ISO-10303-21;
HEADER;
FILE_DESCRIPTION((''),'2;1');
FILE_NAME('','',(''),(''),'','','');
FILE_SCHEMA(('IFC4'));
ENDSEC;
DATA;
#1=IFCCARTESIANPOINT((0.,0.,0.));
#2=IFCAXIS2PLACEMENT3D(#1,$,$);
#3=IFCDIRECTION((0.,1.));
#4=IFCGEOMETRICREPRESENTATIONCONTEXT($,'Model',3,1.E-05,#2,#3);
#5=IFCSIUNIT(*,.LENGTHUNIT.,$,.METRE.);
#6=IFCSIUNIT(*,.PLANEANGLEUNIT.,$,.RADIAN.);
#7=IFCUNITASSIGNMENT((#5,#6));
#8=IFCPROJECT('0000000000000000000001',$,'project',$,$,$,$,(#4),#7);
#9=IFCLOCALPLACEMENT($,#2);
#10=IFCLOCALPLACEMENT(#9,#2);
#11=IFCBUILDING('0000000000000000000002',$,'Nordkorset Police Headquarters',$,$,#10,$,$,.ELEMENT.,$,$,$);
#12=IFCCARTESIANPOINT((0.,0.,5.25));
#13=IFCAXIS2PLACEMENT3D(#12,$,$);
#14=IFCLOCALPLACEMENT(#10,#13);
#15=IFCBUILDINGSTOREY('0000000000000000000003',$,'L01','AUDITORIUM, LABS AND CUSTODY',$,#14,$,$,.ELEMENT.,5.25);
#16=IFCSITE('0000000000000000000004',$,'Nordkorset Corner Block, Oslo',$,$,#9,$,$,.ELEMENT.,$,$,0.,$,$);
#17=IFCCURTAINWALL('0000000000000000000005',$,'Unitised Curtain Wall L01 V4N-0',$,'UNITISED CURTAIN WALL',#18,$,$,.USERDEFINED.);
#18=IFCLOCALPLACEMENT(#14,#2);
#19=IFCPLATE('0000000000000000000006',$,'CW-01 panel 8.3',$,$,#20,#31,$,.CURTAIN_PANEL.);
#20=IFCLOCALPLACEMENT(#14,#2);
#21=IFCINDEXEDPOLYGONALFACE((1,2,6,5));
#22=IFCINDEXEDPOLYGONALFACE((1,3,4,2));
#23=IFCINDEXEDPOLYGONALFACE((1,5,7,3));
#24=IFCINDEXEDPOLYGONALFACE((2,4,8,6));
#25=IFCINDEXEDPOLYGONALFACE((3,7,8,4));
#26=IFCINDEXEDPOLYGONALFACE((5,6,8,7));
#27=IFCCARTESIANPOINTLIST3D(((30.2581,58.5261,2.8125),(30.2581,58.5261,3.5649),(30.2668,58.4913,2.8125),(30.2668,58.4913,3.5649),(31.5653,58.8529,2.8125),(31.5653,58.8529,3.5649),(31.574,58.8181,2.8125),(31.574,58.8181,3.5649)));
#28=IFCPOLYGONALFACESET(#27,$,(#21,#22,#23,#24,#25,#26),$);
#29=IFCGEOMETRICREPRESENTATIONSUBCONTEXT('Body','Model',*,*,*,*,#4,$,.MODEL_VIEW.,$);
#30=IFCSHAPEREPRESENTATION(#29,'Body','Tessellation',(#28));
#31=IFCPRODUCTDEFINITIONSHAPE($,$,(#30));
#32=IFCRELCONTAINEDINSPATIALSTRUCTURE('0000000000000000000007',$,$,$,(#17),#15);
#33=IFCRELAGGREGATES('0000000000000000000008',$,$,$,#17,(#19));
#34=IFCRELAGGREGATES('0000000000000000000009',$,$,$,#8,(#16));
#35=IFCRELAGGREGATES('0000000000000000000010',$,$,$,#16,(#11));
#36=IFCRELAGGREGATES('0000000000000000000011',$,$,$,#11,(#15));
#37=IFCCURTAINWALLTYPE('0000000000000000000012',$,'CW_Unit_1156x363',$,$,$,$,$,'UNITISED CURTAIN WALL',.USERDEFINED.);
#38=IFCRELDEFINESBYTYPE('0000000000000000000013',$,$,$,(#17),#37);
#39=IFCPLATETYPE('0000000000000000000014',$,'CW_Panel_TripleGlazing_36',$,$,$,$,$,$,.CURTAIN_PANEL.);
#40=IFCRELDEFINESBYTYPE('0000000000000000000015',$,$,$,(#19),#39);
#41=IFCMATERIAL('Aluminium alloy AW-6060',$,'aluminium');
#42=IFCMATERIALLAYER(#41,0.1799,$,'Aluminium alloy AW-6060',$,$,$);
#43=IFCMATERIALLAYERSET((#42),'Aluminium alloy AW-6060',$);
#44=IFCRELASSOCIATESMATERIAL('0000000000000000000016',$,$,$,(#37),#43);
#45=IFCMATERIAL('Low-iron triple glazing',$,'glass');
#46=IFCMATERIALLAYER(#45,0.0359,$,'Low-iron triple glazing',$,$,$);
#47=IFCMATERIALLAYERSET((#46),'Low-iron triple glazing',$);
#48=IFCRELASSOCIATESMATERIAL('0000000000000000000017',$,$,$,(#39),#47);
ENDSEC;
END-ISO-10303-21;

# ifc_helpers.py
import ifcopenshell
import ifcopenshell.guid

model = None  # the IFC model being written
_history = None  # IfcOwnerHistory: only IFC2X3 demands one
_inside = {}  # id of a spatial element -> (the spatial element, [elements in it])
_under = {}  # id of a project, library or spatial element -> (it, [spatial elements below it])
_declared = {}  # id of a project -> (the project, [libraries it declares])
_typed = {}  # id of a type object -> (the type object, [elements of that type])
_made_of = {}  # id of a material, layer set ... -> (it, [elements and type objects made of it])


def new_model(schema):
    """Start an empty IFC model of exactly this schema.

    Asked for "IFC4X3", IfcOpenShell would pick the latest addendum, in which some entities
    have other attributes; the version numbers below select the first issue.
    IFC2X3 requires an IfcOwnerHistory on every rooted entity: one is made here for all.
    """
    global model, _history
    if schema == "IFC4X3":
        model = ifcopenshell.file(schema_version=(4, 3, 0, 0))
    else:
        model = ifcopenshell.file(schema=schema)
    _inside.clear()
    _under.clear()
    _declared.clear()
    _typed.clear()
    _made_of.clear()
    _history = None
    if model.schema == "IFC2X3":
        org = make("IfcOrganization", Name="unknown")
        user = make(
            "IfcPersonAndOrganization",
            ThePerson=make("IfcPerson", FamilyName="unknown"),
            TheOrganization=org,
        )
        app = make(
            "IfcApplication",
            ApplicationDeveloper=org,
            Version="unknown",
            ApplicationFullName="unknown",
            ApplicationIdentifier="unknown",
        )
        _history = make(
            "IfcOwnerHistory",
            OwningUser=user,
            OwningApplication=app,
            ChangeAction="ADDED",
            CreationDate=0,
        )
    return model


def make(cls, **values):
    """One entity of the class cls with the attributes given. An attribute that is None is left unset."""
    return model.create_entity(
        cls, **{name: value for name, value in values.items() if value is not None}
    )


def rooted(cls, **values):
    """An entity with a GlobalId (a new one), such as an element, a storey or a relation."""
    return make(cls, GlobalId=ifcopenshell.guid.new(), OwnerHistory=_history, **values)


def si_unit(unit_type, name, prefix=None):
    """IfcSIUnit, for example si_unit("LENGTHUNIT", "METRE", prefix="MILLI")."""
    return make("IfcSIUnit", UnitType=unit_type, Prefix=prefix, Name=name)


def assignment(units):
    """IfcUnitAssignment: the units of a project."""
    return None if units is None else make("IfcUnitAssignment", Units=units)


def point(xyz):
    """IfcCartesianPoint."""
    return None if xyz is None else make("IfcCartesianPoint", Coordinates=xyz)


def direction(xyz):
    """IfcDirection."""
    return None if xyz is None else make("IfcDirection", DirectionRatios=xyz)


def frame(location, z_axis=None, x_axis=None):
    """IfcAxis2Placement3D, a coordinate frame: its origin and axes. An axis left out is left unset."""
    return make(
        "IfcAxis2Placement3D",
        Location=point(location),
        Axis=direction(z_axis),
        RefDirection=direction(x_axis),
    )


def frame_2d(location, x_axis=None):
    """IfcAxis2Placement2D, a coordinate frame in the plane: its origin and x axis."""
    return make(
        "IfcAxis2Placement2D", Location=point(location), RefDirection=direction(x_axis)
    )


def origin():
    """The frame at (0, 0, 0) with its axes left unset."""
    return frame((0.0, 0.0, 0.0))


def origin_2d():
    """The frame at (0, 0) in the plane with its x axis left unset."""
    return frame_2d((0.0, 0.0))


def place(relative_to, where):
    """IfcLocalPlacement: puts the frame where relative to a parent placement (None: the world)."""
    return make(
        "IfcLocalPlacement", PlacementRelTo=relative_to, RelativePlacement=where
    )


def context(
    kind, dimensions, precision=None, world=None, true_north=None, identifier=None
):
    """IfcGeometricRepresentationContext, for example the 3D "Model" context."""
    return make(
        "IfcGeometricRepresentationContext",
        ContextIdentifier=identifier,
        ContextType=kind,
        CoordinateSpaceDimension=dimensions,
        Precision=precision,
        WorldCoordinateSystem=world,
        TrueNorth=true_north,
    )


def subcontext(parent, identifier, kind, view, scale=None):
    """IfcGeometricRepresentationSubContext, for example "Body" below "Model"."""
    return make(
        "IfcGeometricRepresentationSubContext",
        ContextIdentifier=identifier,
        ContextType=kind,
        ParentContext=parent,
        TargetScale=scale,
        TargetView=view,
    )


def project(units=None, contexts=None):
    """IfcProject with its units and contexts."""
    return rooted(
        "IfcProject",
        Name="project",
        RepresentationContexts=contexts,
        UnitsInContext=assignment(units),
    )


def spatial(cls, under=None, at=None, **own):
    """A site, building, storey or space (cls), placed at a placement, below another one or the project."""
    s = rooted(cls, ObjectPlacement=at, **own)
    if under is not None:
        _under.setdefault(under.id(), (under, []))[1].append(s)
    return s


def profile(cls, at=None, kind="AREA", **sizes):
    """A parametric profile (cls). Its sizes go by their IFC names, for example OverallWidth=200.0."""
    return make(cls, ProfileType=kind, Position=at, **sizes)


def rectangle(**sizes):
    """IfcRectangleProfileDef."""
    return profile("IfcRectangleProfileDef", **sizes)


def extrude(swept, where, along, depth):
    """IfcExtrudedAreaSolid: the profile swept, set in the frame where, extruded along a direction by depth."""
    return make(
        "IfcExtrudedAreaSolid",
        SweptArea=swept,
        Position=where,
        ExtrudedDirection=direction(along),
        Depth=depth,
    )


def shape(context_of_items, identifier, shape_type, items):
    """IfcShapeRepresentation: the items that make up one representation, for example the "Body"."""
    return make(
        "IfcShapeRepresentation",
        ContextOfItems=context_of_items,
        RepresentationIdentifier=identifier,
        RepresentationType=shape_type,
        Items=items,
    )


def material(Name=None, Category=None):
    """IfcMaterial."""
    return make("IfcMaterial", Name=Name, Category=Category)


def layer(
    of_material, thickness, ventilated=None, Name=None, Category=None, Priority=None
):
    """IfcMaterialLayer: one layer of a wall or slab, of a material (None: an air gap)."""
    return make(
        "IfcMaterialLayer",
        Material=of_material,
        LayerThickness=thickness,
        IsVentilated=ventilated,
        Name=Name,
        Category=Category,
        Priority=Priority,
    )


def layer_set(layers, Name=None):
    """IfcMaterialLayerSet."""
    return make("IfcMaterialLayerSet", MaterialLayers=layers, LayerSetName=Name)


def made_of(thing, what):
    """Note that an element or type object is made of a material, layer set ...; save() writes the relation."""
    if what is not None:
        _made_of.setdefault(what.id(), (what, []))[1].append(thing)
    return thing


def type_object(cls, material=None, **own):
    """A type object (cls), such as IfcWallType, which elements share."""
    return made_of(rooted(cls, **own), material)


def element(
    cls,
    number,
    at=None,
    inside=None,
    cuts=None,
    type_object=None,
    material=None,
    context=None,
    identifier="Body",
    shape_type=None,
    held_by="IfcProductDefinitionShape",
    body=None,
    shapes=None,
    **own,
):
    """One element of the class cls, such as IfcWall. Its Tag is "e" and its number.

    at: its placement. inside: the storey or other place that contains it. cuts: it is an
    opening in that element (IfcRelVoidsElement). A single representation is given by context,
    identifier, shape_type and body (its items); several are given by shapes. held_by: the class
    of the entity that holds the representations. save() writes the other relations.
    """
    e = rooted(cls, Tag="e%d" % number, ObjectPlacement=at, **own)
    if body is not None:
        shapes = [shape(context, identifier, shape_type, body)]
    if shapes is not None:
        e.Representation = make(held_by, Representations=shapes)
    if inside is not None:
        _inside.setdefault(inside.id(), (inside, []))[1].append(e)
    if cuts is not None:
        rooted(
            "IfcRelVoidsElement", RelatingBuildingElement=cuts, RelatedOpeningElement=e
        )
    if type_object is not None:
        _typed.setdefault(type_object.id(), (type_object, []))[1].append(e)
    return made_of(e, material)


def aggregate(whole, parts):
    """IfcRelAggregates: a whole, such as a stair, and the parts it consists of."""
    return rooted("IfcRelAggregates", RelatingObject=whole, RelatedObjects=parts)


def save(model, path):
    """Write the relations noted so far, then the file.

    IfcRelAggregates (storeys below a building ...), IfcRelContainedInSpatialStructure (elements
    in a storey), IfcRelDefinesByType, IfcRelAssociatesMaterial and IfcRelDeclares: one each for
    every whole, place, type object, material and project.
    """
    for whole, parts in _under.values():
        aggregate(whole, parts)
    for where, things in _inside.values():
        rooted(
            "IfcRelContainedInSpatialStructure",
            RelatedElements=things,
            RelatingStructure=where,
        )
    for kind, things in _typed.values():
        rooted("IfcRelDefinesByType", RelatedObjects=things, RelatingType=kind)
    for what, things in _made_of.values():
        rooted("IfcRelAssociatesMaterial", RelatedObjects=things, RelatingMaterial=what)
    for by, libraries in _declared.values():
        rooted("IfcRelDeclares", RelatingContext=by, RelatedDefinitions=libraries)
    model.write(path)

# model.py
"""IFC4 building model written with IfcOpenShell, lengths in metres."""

from ifc_helpers import new_model, si_unit, direction, frame, origin, origin_2d, place, context, subcontext, project, spatial, rectangle, extrude, material, layer, layer_set, type_object, element, aggregate, save


model = new_model("IFC4")

# Units and contexts
model_context = context("Model", 3, precision=1e-05, world=origin(), true_north=direction((0.0, 1.0)))
body_context = subcontext(model_context, "Body", "Model", "MODEL_VIEW")
ifc_project = project(units=[si_unit("LENGTHUNIT", "METRE"), si_unit("PLANEANGLEUNIT", "RADIAN")], contexts=[model_context])

# Site, building, storey
site_placement = place(None, origin())
site = spatial("IfcSite", under=ifc_project, at=site_placement, Name="Nordkorset Corner Block, Oslo", CompositionType="ELEMENT", RefElevation=0.0)
building_placement = place(site_placement, origin())
building = spatial("IfcBuilding", under=site, at=building_placement, Name="Nordkorset Police Headquarters", CompositionType="ELEMENT")
storey_placement = place(building_placement, frame((0.0, 0.0, 5.25)))
storey = spatial("IfcBuildingStorey", under=building, at=storey_placement, Name="L01", Description="AUDITORIUM, LABS AND CUSTODY", CompositionType="ELEMENT", Elevation=5.25)

# Curtain wall
ifc_material_1 = material(Name="Aluminium alloy AW-6060", Category="aluminium")
ifc_layer_1 = layer(ifc_material_1, 0.1799, Name="Aluminium alloy AW-6060")
ifc_layer_set_1 = layer_set([ifc_layer_1], Name="Aluminium alloy AW-6060")
curtain_wall_type_1 = type_object("IfcCurtainWallType", Name="CW_Unit_1156x363", ElementType="UNITISED CURTAIN WALL", PredefinedType="USERDEFINED", material=ifc_layer_set_1)
curtain_wall_1_placement = place(storey_placement, origin())
curtain_wall_1 = element("IfcCurtainWall", 1, at=curtain_wall_1_placement, inside=storey, type_object=curtain_wall_type_1, Name="Unitised Curtain Wall L01 V4N-0", ObjectType="UNITISED CURTAIN WALL", PredefinedType="USERDEFINED")

# Plate
ifc_material_2 = material(Name="Low-iron triple glazing", Category="glass")
ifc_layer_2 = layer(ifc_material_2, 0.0359, Name="Low-iron triple glazing")
ifc_layer_set_2 = layer_set([ifc_layer_2], Name="Low-iron triple glazing")
plate_type = type_object("IfcPlateType", Name="CW_Panel_TripleGlazing_36", PredefinedType="CURTAIN_PANEL", material=ifc_layer_set_2)
plate_1_placement = place(storey_placement, frame((30.916, 58.6721, 2.8125), z_axis=(0.0, 0.0, 1.0), x_axis=(0.970142, 0.242536, 0.0)))
plate_1 = element("IfcPlate", 2, at=plate_1_placement, type_object=plate_type, Name="CW-01 panel 8.3", PredefinedType="CURTAIN_PANEL", context=body_context, shape_type="SweptSolid", body=[
    extrude(rectangle(XDim=1.3474, YDim=0.0359, at=origin_2d()), origin(), (0.0, 0.0, 1.0), 0.7524),
])
aggregate(curtain_wall_1, [plate_1])

save(model, "model.ifc")
